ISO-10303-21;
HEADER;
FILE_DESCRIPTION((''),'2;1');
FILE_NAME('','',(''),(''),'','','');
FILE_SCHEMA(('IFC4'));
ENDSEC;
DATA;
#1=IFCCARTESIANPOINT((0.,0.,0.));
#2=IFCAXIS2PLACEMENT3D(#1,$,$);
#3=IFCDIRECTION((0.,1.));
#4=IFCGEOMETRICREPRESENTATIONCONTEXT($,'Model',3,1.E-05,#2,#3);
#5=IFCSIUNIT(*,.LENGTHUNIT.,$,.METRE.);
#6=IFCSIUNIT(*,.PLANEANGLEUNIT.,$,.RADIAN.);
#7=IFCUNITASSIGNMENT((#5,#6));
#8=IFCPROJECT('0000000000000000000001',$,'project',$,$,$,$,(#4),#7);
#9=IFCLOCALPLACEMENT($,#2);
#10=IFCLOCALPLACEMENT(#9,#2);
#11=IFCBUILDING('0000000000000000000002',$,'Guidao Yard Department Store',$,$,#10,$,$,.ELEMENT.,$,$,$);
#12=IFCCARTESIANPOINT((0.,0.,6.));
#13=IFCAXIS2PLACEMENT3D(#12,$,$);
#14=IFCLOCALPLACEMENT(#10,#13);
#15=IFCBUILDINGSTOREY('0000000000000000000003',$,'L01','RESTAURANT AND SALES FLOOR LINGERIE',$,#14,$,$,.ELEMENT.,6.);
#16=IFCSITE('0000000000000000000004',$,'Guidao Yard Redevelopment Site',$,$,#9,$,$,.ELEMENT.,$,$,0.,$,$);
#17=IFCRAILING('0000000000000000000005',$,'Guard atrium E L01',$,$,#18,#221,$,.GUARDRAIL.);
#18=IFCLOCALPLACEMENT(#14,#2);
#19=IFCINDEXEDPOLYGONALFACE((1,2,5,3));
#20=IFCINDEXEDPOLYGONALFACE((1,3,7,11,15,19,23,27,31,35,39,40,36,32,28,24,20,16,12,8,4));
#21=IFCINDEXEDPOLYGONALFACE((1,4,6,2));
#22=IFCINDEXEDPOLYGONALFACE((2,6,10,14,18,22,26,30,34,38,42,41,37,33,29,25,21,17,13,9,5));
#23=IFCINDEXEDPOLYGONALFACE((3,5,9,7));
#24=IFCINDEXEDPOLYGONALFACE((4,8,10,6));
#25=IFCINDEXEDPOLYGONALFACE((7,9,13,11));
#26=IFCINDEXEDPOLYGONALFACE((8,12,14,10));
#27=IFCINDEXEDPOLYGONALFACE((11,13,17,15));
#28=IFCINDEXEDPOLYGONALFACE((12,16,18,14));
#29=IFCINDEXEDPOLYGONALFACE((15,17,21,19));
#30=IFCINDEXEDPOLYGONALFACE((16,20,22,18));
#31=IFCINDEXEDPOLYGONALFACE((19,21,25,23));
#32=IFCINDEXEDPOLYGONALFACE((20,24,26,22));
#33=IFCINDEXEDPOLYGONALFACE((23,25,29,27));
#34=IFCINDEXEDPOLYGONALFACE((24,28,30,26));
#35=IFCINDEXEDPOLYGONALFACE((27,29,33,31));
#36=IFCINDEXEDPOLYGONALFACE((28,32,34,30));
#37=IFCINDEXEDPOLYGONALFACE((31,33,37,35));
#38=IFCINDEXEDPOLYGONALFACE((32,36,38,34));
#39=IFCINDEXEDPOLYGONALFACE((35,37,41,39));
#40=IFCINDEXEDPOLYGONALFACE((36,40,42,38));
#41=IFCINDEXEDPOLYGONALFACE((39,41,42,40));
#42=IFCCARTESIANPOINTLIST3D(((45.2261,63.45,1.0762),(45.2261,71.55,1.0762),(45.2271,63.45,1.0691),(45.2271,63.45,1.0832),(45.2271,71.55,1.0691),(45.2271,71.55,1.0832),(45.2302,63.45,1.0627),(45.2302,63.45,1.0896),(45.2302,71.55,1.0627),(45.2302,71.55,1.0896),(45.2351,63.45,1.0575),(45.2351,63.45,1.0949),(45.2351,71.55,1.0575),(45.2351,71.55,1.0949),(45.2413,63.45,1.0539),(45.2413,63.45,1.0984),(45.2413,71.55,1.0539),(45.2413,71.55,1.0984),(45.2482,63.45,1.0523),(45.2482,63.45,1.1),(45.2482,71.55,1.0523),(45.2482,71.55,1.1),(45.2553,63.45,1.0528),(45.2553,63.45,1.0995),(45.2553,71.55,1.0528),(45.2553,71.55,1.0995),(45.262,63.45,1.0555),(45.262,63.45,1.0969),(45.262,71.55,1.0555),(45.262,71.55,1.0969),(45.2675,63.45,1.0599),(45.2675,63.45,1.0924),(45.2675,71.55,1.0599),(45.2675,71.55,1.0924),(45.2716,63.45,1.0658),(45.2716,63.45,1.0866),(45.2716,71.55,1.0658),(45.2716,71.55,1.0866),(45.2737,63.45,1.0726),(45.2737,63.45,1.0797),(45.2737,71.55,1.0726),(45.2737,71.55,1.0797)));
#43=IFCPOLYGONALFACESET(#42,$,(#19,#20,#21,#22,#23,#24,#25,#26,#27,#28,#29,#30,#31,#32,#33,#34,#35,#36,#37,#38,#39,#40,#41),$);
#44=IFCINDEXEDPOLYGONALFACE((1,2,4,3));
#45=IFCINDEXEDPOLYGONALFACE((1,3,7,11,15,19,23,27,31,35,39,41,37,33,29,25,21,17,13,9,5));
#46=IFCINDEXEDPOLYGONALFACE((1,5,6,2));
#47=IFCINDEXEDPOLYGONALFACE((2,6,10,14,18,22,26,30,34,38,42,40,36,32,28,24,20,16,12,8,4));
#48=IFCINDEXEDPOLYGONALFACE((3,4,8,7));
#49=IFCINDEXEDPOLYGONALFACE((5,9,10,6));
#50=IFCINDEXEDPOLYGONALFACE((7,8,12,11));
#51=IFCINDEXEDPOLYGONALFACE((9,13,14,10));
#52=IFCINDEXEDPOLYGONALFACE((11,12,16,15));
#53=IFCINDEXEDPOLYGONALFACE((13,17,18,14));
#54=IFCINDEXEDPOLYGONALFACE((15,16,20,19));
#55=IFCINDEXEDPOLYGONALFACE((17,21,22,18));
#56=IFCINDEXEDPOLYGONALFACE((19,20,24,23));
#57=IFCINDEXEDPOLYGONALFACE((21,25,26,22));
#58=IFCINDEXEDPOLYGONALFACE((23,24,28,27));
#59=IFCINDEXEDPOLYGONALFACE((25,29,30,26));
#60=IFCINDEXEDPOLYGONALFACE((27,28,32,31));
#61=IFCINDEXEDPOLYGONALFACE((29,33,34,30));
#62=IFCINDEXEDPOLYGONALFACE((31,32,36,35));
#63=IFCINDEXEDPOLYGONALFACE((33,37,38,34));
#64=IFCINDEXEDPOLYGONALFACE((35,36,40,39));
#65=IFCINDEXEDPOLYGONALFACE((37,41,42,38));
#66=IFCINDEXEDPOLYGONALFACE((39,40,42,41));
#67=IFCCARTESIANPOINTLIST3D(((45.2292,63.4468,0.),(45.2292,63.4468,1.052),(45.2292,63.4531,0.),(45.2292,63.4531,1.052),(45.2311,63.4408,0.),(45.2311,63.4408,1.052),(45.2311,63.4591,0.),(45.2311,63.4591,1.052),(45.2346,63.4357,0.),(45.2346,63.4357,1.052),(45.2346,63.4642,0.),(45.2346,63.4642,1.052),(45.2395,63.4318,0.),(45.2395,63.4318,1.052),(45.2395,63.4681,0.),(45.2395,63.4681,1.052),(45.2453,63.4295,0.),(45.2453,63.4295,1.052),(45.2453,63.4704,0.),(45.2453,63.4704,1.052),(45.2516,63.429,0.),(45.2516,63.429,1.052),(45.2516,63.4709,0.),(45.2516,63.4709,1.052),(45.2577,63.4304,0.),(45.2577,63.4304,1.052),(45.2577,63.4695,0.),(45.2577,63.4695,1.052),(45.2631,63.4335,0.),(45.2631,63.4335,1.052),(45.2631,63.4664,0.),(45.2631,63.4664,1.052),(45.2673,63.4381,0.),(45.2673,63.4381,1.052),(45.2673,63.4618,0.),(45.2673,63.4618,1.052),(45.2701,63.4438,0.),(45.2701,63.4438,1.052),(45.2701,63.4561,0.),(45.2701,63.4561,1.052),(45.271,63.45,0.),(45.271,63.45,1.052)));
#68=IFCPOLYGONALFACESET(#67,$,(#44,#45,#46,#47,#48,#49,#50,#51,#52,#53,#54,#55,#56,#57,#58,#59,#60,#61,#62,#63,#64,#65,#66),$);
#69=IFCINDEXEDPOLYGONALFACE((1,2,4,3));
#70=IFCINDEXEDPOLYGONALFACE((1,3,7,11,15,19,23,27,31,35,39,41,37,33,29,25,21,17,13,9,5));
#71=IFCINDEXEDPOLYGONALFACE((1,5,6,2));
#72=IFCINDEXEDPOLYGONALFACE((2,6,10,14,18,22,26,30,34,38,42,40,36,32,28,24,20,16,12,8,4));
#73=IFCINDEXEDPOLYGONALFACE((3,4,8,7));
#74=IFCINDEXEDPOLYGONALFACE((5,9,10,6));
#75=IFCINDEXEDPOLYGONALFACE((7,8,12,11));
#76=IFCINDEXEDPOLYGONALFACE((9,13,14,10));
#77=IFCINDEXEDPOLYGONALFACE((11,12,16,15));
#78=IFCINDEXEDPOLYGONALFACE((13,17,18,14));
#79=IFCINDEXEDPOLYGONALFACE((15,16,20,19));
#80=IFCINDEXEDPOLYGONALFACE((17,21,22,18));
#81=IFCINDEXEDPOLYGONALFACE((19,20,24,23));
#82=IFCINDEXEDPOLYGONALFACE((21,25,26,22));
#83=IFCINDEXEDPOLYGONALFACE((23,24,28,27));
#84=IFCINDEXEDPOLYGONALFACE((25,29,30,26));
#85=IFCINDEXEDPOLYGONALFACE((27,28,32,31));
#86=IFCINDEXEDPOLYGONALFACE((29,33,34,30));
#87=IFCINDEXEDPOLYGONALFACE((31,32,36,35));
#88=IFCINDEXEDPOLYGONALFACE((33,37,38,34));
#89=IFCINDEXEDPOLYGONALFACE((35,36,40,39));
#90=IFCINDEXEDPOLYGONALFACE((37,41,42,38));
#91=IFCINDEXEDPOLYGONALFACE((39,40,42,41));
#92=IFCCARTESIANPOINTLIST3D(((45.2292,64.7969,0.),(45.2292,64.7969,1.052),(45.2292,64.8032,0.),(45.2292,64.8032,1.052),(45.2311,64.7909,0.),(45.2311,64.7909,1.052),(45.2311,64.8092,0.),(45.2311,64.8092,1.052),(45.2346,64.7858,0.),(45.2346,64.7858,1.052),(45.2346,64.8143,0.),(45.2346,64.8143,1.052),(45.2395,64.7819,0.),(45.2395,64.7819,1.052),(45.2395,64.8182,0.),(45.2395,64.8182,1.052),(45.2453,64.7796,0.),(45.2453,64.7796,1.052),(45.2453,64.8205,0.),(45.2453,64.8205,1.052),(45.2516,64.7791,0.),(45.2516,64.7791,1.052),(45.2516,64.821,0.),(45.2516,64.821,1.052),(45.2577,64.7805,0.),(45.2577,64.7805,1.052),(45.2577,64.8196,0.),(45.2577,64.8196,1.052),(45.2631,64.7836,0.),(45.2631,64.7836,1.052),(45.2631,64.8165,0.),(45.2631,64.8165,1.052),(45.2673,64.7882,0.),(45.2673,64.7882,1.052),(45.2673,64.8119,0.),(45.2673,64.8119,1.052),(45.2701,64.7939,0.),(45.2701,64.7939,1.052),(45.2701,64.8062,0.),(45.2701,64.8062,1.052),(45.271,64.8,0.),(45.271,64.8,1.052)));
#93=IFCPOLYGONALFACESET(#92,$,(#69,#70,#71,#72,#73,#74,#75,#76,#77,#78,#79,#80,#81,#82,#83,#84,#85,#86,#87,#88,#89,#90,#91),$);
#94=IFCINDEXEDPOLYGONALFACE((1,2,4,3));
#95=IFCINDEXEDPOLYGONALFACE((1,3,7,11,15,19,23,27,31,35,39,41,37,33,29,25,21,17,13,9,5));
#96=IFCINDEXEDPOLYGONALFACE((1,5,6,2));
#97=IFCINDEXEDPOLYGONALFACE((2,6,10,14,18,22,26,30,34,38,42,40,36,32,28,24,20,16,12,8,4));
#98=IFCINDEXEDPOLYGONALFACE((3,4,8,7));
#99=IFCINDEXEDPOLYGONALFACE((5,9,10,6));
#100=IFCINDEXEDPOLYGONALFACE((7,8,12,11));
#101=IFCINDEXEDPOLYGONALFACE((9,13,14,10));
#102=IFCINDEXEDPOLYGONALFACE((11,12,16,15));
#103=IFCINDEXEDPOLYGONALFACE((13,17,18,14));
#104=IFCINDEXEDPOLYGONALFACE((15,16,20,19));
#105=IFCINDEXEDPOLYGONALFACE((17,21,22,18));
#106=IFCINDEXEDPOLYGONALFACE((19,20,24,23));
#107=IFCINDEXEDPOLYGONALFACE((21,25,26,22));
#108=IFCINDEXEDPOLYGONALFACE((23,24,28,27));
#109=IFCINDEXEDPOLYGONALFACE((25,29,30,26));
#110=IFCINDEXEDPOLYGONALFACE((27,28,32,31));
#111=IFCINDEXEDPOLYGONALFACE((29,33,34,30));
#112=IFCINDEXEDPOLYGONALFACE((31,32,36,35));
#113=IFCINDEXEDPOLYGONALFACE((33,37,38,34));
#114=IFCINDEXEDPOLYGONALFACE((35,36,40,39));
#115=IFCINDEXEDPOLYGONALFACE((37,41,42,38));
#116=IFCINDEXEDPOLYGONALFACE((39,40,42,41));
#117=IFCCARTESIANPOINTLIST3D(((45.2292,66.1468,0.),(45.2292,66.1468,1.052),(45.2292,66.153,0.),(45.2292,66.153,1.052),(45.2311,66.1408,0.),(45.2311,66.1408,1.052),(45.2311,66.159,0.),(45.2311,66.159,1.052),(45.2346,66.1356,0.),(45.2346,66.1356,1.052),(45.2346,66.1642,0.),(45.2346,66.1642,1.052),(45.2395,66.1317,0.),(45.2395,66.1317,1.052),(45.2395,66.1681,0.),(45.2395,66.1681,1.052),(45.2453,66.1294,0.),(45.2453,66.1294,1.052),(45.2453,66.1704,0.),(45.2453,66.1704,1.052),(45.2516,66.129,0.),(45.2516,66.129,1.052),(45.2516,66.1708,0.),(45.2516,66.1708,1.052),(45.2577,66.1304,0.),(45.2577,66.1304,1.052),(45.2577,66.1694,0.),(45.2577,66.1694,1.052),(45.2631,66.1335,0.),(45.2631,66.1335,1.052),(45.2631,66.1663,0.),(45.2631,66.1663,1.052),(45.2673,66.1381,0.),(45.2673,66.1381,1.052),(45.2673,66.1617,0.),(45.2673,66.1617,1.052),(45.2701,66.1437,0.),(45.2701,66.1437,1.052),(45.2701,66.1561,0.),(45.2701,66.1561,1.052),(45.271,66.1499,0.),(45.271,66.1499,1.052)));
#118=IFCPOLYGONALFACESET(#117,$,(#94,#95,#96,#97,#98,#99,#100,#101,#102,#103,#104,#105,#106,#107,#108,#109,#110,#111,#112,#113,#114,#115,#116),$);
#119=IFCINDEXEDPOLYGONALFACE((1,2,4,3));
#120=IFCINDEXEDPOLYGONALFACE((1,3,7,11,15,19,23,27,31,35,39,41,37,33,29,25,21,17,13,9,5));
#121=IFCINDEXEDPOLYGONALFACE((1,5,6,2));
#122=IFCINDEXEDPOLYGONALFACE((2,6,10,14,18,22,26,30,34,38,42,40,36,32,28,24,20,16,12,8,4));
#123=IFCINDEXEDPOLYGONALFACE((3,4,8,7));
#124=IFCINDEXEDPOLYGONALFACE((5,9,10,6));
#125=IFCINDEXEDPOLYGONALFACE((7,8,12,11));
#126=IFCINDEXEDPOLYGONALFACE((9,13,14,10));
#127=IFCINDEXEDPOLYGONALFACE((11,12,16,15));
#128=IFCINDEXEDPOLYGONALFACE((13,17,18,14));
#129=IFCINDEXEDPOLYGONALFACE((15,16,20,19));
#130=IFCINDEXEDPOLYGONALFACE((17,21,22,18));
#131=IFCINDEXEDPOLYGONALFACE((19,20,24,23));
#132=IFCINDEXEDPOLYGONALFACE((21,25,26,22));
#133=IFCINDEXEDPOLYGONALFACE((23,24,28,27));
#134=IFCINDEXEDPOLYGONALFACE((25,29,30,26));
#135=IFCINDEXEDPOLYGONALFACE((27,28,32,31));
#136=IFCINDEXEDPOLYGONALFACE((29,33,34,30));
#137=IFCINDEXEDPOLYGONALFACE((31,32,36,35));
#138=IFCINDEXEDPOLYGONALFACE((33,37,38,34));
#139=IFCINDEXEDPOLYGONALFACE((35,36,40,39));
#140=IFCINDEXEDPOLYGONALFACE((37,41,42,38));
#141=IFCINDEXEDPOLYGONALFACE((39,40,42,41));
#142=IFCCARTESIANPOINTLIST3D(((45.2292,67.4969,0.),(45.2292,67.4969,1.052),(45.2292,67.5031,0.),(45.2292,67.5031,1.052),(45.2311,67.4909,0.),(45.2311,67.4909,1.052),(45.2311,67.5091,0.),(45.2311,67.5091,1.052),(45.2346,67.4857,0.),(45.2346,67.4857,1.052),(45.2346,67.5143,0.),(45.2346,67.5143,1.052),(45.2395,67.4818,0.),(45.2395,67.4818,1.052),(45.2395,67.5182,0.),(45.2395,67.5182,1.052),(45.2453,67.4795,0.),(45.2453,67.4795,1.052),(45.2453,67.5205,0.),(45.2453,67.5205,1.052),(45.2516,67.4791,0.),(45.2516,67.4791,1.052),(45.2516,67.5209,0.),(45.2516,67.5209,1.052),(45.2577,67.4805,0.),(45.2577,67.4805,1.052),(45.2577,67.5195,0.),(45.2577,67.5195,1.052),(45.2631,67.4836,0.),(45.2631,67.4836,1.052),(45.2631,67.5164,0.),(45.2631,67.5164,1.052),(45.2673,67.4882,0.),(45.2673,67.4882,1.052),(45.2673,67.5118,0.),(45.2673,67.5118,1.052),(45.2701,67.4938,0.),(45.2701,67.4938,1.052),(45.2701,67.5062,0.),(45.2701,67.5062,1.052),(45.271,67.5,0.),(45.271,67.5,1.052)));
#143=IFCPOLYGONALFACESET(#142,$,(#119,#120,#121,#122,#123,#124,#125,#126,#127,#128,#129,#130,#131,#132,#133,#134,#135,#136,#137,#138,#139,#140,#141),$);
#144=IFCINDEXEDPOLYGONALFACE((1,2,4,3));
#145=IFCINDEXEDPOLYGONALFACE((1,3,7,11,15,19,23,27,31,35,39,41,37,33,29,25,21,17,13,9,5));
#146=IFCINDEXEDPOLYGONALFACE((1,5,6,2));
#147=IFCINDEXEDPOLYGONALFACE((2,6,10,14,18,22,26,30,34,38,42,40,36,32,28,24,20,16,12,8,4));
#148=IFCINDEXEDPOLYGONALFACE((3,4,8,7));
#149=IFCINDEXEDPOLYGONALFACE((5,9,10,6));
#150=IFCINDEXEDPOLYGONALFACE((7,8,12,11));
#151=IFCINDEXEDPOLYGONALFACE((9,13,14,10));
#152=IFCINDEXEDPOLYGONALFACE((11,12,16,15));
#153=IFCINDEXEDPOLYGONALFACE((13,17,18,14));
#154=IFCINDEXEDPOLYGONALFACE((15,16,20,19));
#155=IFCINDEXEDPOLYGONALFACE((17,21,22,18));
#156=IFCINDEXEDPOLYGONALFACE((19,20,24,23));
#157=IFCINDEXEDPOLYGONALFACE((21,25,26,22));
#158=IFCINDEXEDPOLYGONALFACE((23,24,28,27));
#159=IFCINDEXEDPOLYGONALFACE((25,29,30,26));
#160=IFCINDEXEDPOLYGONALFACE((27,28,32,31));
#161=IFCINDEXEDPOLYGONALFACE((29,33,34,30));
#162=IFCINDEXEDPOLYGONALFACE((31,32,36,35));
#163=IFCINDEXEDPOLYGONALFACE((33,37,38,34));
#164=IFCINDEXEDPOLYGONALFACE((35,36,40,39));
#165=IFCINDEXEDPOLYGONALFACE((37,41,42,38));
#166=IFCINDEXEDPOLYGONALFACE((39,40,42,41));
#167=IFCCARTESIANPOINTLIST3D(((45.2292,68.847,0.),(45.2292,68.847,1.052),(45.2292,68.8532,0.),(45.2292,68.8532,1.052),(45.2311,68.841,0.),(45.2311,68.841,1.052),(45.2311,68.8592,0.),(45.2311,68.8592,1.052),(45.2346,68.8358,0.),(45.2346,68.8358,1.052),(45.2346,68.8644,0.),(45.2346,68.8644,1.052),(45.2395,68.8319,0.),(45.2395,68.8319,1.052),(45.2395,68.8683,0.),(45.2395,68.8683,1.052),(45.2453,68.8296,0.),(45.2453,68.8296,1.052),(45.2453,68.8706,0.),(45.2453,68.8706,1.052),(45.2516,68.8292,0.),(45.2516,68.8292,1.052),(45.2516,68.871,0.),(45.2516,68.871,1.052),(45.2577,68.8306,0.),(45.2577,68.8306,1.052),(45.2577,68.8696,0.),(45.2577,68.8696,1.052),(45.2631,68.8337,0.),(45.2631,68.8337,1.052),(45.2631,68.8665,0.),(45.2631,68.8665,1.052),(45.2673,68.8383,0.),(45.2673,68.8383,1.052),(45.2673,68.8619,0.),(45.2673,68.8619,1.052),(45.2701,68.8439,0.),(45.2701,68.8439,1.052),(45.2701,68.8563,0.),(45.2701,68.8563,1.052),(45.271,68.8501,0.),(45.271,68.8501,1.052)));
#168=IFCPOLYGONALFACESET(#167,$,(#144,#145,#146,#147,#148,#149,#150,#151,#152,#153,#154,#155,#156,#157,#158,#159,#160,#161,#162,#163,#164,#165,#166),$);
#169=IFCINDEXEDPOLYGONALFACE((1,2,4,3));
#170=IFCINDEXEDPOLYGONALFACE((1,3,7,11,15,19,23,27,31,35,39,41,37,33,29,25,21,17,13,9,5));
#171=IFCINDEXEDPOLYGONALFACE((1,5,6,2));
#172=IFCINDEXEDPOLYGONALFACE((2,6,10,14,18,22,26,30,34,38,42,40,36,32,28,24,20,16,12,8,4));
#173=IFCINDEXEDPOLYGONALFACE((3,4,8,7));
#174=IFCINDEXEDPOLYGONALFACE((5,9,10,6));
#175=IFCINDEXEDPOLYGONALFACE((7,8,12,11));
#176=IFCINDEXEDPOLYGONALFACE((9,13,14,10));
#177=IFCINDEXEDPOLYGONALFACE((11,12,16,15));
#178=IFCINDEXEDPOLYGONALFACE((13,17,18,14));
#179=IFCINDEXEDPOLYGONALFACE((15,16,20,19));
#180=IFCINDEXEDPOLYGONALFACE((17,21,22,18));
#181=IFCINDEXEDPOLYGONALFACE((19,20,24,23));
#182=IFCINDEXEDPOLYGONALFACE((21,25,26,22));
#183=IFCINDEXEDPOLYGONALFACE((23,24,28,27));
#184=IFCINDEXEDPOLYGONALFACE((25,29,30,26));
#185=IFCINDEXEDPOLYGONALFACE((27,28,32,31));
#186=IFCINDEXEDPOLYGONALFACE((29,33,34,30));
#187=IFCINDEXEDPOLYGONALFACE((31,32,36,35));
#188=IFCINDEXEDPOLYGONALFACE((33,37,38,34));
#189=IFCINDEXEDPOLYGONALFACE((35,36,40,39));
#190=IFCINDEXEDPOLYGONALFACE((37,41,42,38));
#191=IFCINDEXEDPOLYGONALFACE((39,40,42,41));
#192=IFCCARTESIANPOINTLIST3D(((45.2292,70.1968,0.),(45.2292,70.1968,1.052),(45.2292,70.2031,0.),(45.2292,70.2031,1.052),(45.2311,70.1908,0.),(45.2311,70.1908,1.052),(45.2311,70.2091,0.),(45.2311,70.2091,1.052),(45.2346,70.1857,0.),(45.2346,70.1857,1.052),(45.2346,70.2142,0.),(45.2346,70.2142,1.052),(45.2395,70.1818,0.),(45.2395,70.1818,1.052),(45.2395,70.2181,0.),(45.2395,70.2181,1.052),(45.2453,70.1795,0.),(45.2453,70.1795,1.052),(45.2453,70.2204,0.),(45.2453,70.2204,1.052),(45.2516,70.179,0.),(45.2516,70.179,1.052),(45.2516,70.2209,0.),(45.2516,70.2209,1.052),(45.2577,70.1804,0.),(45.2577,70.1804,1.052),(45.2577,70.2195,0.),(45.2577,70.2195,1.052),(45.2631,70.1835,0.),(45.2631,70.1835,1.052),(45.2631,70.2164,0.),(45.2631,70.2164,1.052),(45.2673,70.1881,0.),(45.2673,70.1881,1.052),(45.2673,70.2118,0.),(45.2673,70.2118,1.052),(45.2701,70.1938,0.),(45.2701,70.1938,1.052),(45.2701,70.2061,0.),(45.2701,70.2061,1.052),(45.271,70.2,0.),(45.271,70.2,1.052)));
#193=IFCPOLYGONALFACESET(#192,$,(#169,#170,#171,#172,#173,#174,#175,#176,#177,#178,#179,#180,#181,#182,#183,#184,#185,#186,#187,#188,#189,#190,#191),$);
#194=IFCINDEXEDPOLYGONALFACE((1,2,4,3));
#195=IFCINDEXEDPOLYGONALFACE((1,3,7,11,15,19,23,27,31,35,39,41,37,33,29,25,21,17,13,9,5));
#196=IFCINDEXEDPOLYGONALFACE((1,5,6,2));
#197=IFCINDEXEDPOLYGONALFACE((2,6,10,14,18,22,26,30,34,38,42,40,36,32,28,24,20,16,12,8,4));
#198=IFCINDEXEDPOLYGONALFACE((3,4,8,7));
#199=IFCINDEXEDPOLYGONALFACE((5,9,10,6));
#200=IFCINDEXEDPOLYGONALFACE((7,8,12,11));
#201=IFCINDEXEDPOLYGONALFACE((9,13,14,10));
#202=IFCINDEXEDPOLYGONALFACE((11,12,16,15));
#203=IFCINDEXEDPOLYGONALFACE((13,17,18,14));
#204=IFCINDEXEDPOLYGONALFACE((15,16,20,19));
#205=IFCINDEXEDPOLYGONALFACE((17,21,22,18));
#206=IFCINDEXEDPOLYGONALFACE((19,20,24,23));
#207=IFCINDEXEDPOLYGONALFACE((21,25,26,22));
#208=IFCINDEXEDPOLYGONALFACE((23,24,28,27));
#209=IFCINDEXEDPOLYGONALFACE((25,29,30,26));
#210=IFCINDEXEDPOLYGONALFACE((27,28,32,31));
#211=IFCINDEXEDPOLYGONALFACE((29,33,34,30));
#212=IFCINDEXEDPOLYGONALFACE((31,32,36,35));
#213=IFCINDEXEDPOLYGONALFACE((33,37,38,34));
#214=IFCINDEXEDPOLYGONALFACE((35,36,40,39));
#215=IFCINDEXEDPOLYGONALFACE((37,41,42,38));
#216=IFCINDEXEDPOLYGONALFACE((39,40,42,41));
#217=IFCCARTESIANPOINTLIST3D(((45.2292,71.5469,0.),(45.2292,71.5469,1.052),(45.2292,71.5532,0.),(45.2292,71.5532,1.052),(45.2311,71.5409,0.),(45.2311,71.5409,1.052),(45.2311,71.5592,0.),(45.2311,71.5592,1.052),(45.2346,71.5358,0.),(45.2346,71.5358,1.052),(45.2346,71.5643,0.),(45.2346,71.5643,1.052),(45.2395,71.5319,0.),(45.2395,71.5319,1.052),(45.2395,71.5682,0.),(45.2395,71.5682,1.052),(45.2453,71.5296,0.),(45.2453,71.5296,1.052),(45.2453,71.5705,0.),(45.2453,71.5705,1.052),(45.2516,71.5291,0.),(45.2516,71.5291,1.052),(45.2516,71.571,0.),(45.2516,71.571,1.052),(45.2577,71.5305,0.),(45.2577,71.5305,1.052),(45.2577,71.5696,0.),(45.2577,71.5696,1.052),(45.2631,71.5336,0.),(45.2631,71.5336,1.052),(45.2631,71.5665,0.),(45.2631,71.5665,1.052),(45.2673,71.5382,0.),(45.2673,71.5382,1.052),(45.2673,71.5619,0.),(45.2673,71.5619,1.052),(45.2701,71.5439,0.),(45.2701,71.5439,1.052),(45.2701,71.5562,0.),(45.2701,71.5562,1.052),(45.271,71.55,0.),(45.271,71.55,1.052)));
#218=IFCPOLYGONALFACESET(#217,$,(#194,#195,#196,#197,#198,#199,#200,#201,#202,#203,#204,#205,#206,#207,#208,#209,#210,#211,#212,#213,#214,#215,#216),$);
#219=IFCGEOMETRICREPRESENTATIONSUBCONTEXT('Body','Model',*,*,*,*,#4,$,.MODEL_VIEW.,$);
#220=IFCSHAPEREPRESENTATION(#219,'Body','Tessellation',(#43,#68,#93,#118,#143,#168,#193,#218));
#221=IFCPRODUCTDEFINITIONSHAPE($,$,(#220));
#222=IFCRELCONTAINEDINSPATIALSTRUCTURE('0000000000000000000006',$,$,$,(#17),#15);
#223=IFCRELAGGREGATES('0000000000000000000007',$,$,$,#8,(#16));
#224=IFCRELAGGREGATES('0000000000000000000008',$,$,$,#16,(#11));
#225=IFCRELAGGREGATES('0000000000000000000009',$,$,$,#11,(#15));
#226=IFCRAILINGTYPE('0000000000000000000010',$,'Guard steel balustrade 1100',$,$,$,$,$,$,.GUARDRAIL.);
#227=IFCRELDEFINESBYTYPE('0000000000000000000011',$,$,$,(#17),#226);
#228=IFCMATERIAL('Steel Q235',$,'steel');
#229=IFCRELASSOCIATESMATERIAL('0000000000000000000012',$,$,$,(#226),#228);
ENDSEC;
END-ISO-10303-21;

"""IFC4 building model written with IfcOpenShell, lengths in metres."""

from ifc_helpers import new_model, si_unit, direction, frame, origin, origin_2d, place, context, subcontext, project, spatial, circle, extrude, material, type_object, element, save


model = new_model("IFC4")

# Units and contexts
model_context = context("Model", 3, precision=1e-05, world=origin(), true_north=direction((0.0, 1.0)))
body_context = subcontext(model_context, "Body", "Model", "MODEL_VIEW")
ifc_project = project(units=[si_unit("LENGTHUNIT", "METRE"), si_unit("PLANEANGLEUNIT", "RADIAN")], contexts=[model_context])

# Site, building, storey
site_placement = place(None, origin())
site = spatial("IfcSite", under=ifc_project, at=site_placement, Name="Guidao Yard Redevelopment Site", CompositionType="ELEMENT", RefElevation=0.0)
building_placement = place(site_placement, origin())
building = spatial("IfcBuilding", under=site, at=building_placement, Name="Guidao Yard Department Store", CompositionType="ELEMENT")
storey_placement = place(building_placement, frame((0.0, 0.0, 6.0)))
storey = spatial("IfcBuildingStorey", under=building, at=storey_placement, Name="L01", Description="RESTAURANT AND SALES FLOOR LINGERIE", CompositionType="ELEMENT", Elevation=6.0)

# Railing
ifc_material_1 = material(Name="Steel Q235", Category="steel")
railing_type = type_object("IfcRailingType", Name="Guard steel balustrade 1100", PredefinedType="GUARDRAIL", material=ifc_material_1)
for number, where, name in (
    (1, (45.25, 63.45, 0.0), "Guard atrium E L01"),
):
    element("IfcRailing", number, at=place(storey_placement, frame(where)), inside=storey, type_object=railing_type, Name=name, PredefinedType="GUARDRAIL", context=body_context, shape_type="SweptSolid", body=[
        extrude(circle(Radius=0.0239, at=origin_2d()), frame((0.0, 0.0, 1.0762), z_axis=(0.0, 1.0, 0.0), x_axis=(-1.0, 0.0, 0.0)), (0.0, 0.0, 1.0), 8.1001),
        extrude(circle(Radius=0.021, at=origin_2d()), origin(), (0.0, 0.0, 1.0), 1.052),
        extrude(circle(Radius=0.021, at=origin_2d()), frame((0.0, 1.3501, 0.0)), (0.0, 0.0, 1.0), 1.052),
        extrude(circle(Radius=0.021, at=origin_2d()), frame((0.0, 2.7, 0.0)), (0.0, 0.0, 1.0), 1.052),
        extrude(circle(Radius=0.021, at=origin_2d()), frame((0.0, 4.05, 0.0)), (0.0, 0.0, 1.0), 1.052),
        extrude(circle(Radius=0.021, at=origin_2d()), frame((0.0, 5.4001, 0.0)), (0.0, 0.0, 1.0), 1.052),
        extrude(circle(Radius=0.021, at=origin_2d()), frame((0.0, 6.75, 0.0)), (0.0, 0.0, 1.0), 1.052),
        extrude(circle(Radius=0.021, at=origin_2d()), frame((0.0, 8.1001, 0.0)), (0.0, 0.0, 1.0), 1.052),
    ])

save(model, "model.ifc")
